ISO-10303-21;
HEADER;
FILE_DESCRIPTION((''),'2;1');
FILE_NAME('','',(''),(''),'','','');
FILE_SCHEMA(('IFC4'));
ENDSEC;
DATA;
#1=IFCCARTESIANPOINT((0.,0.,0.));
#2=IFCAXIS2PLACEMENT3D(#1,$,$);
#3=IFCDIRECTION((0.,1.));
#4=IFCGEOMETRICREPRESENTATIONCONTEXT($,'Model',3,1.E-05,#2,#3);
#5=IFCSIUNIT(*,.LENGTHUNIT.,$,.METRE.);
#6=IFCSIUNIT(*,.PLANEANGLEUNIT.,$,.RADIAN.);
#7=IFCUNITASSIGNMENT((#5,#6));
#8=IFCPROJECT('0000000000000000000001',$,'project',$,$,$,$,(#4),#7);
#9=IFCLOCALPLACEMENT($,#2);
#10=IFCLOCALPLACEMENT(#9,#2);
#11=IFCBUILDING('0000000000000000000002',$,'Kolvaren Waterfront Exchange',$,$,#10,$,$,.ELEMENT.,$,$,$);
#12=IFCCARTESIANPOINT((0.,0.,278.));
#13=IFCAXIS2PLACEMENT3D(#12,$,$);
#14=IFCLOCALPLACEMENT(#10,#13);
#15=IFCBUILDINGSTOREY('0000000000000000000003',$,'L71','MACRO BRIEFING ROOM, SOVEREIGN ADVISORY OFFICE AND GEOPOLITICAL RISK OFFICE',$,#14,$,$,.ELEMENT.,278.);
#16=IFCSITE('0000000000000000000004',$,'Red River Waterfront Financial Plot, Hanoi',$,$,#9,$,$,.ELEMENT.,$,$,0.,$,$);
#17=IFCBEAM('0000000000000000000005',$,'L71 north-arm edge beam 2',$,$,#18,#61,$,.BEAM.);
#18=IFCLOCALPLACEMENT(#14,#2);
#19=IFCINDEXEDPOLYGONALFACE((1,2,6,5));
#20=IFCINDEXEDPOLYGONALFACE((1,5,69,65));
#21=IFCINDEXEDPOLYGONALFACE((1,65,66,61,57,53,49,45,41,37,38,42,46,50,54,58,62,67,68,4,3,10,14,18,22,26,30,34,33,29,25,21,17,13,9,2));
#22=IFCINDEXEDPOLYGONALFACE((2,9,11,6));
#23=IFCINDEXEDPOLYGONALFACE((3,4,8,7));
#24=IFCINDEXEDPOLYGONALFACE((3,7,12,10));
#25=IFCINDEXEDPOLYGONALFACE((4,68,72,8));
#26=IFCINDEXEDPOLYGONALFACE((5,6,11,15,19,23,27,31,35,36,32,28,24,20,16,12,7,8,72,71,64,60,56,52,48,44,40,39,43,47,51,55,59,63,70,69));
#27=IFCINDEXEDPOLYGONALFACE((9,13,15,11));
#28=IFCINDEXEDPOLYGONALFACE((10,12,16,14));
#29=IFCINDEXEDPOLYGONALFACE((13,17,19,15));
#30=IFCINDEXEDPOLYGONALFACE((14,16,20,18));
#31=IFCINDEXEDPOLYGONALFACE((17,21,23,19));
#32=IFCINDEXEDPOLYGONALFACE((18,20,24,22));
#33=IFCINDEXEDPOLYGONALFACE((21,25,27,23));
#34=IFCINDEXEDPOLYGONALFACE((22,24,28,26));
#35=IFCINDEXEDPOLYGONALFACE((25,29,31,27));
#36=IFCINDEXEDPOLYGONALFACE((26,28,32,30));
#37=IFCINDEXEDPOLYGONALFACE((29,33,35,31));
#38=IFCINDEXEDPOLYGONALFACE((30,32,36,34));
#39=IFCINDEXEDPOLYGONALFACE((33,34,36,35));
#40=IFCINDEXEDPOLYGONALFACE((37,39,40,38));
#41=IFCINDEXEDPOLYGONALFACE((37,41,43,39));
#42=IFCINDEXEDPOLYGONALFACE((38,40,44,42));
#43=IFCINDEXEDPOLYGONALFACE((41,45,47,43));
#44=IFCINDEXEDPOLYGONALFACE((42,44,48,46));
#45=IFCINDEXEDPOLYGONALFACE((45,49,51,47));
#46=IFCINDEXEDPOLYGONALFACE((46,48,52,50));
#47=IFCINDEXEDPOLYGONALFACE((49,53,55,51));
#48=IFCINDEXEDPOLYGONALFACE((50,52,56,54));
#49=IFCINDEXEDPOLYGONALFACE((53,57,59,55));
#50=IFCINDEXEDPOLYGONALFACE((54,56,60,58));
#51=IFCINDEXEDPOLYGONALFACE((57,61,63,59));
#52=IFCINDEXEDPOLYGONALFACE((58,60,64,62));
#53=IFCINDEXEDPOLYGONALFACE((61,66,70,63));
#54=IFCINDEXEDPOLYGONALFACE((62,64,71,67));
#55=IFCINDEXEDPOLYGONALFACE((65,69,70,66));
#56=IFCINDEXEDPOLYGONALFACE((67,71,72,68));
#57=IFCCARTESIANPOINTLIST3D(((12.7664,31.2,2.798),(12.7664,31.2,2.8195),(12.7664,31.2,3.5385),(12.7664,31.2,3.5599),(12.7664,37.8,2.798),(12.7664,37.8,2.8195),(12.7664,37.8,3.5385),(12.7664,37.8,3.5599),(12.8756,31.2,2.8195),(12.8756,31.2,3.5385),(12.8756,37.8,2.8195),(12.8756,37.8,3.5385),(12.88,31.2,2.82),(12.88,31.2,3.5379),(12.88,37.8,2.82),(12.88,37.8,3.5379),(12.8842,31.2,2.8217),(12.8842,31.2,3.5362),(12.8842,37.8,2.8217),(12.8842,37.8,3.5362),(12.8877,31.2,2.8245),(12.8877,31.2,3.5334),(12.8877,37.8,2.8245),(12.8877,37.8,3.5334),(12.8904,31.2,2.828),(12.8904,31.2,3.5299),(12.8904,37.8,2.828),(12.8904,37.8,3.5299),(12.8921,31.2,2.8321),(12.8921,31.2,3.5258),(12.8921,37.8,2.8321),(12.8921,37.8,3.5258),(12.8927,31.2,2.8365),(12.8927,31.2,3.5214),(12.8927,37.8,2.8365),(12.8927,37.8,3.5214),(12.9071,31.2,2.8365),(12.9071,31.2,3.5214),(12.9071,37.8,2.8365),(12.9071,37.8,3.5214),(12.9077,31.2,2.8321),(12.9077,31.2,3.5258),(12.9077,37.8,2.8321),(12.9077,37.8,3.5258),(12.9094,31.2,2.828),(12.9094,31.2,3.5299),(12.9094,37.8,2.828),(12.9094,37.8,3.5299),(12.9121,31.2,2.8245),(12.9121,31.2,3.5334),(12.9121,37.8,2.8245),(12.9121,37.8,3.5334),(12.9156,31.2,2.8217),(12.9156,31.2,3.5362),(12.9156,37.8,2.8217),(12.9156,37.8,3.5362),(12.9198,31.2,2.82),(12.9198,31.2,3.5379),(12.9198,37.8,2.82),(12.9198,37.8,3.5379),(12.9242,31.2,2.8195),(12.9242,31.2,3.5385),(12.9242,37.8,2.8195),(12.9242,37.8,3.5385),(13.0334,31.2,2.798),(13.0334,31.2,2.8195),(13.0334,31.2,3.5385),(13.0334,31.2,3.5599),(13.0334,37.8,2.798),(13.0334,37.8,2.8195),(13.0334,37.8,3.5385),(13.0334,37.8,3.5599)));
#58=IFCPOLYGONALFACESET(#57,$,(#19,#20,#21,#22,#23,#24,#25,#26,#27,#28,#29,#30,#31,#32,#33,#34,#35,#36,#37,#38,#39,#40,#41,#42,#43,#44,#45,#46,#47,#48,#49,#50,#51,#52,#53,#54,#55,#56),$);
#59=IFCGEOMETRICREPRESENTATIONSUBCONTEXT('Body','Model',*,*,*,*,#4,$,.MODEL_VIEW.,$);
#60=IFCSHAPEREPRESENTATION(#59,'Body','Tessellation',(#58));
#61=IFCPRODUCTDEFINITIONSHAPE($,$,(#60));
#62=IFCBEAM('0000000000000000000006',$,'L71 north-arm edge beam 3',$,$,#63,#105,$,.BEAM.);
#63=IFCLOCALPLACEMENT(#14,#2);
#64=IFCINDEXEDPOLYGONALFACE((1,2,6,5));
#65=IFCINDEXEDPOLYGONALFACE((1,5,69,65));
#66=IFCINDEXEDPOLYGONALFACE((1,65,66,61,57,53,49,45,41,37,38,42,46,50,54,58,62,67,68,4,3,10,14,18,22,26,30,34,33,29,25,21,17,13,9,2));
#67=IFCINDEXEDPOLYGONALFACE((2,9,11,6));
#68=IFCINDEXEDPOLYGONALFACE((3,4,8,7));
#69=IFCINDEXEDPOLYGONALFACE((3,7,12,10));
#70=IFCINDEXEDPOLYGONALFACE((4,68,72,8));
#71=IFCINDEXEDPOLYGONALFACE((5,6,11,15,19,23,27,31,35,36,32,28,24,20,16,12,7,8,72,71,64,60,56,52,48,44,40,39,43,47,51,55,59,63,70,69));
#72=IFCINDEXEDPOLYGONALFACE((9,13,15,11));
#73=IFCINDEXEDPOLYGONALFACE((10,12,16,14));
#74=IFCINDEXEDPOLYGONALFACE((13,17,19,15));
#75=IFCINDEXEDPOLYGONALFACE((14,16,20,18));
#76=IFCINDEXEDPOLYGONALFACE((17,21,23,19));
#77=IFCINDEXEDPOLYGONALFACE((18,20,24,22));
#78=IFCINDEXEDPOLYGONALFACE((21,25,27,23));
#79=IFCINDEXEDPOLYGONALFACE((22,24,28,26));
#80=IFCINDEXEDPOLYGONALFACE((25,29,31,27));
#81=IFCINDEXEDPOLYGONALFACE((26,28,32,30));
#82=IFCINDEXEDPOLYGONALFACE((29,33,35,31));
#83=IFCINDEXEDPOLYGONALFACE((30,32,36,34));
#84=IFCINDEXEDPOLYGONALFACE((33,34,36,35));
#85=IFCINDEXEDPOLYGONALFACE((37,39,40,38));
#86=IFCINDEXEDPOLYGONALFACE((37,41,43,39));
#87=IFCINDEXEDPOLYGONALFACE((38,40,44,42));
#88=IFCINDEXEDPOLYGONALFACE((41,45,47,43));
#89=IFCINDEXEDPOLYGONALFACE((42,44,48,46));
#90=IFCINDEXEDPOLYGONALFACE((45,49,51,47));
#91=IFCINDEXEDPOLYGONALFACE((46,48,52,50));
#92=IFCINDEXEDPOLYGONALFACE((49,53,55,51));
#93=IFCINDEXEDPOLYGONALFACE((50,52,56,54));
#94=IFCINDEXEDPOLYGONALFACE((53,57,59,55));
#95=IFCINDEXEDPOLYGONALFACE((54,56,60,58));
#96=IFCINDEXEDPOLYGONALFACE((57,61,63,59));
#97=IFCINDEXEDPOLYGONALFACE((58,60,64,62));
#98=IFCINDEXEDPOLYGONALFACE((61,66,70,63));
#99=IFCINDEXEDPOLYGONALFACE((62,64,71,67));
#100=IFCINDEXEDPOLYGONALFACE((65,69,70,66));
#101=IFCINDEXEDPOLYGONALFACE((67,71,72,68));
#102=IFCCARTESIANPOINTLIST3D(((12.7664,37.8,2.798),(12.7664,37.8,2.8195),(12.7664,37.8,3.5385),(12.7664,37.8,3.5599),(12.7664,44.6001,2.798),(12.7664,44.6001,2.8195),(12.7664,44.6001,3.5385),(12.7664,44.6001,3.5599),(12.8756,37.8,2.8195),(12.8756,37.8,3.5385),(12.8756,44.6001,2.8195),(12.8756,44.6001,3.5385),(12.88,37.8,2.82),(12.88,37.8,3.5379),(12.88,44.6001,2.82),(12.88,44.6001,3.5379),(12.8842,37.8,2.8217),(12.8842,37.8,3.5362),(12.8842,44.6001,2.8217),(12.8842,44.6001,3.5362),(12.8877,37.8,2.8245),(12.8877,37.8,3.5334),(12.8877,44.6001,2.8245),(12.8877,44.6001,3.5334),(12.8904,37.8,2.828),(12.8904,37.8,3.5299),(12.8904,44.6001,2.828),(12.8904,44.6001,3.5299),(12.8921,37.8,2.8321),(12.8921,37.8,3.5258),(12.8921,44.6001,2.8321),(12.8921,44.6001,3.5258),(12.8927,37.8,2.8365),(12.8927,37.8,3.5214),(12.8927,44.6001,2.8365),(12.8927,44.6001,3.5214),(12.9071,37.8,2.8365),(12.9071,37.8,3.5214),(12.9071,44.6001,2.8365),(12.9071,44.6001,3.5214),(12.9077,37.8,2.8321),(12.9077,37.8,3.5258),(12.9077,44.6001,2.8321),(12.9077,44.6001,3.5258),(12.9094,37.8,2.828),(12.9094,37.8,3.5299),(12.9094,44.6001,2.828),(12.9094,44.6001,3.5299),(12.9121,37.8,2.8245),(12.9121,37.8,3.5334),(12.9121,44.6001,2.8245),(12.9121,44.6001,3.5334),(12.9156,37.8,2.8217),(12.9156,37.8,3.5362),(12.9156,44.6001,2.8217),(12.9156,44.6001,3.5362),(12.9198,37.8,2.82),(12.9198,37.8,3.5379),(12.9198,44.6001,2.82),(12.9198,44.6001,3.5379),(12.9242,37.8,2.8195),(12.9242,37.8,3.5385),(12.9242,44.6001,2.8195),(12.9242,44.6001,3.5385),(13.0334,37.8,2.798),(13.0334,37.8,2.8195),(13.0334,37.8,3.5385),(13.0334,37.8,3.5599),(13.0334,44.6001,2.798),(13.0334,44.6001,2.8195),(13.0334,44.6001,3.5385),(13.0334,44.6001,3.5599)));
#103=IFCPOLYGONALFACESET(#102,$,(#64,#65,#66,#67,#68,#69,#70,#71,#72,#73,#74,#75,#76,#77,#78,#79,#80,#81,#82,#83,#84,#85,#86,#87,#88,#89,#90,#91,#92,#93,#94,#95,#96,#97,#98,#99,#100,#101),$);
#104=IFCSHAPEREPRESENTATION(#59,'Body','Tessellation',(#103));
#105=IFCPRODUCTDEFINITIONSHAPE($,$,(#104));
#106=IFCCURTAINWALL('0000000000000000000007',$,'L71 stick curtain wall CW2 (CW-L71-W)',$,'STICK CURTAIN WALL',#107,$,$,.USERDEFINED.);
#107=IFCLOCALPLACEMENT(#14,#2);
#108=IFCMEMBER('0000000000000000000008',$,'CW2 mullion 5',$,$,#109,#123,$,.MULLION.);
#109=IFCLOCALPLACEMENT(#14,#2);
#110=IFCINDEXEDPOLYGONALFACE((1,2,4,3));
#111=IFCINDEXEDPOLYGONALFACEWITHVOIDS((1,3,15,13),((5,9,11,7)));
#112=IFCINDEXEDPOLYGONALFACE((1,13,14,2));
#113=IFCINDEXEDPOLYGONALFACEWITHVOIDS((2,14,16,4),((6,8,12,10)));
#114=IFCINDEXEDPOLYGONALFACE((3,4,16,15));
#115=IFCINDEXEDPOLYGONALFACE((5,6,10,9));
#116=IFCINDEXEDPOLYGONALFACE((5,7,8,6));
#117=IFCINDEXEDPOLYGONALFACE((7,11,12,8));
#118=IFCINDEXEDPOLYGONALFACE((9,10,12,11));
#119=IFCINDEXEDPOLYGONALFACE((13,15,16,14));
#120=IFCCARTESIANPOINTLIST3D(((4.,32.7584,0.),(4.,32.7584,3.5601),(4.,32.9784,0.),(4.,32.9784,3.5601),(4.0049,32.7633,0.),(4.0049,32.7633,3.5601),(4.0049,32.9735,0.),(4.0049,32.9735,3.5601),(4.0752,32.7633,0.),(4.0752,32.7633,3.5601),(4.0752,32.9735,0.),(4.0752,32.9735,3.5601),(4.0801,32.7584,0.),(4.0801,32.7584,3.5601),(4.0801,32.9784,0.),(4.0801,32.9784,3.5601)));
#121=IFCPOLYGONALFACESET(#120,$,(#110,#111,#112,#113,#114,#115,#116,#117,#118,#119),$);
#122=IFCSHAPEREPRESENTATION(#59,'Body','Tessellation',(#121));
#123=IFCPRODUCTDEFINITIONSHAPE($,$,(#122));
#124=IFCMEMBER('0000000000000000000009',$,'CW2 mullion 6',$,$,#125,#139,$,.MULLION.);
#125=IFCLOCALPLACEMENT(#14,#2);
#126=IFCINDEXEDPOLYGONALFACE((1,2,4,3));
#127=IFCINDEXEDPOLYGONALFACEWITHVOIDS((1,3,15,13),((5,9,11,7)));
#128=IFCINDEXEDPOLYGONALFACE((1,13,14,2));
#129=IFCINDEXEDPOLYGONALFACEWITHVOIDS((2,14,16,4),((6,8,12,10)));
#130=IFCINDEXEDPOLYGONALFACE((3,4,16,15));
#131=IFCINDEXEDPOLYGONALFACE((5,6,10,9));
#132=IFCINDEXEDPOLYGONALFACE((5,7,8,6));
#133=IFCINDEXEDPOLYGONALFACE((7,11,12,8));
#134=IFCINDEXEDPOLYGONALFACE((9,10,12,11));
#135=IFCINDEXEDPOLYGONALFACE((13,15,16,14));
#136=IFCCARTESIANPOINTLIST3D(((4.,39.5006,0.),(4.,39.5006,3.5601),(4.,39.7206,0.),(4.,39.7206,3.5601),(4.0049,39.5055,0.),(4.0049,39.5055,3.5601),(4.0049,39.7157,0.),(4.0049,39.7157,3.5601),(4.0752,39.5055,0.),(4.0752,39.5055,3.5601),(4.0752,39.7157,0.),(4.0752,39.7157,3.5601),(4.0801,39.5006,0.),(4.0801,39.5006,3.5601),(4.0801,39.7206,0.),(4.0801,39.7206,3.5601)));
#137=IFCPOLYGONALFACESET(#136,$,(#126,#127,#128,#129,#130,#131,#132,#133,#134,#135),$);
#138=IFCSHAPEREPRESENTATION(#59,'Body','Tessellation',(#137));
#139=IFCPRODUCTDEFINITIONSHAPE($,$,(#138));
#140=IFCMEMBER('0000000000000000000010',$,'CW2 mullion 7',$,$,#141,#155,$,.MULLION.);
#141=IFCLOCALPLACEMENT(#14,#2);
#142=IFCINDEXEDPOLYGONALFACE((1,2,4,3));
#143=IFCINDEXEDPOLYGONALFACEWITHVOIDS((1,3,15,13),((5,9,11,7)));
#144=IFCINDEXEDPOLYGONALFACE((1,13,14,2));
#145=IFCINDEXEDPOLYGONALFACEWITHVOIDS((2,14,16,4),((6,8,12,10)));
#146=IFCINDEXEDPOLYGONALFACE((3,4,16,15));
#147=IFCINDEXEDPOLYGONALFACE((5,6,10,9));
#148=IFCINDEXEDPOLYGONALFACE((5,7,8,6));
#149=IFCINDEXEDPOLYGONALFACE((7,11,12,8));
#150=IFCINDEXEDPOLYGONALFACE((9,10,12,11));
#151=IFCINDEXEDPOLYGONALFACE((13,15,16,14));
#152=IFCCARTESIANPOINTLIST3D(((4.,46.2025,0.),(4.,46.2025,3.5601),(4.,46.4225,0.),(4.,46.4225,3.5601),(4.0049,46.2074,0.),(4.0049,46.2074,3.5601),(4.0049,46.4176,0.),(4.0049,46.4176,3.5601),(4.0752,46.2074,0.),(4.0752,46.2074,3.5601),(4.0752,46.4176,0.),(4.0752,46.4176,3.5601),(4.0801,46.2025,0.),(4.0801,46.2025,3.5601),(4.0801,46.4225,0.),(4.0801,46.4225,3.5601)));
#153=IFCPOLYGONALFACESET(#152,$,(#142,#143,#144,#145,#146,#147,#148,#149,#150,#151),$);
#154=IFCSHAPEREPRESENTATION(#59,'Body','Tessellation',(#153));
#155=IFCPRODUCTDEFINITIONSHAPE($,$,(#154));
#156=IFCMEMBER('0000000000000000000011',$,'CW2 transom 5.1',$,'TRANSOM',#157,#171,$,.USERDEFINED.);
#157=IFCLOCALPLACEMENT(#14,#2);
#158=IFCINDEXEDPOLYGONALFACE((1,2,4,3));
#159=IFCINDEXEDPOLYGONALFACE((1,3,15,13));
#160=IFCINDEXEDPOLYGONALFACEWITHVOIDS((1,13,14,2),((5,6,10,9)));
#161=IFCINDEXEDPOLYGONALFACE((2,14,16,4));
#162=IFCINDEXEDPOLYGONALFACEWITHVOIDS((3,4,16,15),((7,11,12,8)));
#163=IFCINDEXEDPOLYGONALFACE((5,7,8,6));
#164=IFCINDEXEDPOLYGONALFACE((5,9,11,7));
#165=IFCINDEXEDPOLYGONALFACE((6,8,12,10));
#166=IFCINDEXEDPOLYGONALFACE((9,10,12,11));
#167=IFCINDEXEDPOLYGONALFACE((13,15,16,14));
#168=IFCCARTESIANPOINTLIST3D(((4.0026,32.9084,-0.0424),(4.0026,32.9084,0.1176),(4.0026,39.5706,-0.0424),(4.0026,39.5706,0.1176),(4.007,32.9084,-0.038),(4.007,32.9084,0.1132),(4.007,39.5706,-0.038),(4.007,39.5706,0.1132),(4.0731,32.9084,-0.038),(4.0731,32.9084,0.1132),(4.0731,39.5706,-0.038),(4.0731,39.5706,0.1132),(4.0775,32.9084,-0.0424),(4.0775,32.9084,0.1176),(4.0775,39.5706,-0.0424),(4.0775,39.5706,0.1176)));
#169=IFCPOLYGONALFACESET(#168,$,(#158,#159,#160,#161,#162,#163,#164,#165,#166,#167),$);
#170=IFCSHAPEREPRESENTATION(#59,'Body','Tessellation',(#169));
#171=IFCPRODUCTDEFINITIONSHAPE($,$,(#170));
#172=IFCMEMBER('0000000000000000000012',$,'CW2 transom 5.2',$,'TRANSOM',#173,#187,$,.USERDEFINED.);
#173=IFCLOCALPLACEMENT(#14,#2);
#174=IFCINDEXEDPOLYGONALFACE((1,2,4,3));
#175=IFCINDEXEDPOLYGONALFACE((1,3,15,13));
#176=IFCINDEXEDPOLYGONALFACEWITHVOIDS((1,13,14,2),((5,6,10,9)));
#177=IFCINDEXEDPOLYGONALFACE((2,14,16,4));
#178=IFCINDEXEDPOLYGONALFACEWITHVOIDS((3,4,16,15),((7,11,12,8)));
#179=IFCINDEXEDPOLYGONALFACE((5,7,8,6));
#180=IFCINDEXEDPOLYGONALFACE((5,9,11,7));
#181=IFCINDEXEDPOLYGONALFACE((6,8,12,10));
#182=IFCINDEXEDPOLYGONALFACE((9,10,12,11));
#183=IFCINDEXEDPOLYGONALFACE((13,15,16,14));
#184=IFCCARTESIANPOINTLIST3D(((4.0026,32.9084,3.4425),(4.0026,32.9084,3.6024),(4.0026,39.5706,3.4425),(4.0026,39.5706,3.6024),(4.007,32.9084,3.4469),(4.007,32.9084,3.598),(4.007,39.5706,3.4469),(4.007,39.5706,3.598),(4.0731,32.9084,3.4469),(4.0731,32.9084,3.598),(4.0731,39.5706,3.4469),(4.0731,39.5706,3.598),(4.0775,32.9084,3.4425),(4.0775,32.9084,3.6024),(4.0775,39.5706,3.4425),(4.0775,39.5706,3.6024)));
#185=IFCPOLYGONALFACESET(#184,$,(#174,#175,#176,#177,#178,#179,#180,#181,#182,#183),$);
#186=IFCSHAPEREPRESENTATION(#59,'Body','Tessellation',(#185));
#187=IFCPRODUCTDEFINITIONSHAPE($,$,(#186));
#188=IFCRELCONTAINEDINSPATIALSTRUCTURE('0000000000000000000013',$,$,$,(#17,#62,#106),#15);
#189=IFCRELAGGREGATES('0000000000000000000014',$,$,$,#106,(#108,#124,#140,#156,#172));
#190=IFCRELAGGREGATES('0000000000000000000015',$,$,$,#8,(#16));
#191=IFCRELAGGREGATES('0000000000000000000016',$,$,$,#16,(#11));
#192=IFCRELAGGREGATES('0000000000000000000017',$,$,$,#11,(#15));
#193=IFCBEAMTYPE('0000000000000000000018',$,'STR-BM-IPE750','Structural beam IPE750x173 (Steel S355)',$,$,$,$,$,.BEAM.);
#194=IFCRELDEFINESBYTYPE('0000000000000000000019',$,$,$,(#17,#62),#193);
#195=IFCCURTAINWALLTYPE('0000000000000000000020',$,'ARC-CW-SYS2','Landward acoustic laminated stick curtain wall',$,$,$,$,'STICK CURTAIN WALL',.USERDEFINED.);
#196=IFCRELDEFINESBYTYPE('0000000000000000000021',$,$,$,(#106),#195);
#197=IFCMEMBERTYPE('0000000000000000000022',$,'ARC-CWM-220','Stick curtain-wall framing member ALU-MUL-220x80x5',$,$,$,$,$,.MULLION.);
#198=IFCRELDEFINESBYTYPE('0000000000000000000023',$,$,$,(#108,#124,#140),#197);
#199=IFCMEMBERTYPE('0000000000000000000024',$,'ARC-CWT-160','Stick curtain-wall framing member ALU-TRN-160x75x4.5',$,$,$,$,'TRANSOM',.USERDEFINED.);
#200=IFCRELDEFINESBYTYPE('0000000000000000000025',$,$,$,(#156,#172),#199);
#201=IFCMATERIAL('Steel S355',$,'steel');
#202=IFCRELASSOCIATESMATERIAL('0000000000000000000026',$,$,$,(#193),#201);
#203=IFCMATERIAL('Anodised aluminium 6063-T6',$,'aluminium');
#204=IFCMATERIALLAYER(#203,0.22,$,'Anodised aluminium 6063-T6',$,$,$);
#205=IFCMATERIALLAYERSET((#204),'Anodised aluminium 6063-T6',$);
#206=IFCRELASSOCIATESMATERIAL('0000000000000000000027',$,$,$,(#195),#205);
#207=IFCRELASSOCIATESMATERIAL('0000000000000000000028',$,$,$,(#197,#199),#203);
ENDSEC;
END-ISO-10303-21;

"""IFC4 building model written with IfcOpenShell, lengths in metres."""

from ifc_helpers import new_model, si_unit, direction, frame, origin, origin_with_axes, origin_2d, place, context, subcontext, project, spatial, hollow_rectangle, i_section, extrude, source, transform, mapped, material, layer, layer_set, material_profile, profile_set, type_object, element, aggregate, save


model = new_model("IFC4")

# Units and contexts
model_context = context("Model", 3, precision=1e-05, world=origin(), true_north=direction((0.0, 1.0)))
body_context = subcontext(model_context, "Body", "Model", "MODEL_VIEW")
ifc_project = project(units=[si_unit("LENGTHUNIT", "METRE"), si_unit("PLANEANGLEUNIT", "RADIAN")], contexts=[model_context])

# Site, building, storey
site_placement = place(None, origin())
site = spatial("IfcSite", under=ifc_project, at=site_placement, Name="Red River Waterfront Financial Plot, Hanoi", CompositionType="ELEMENT", RefElevation=0.0)
building_placement = place(site_placement, origin())
building = spatial("IfcBuilding", under=site, at=building_placement, Name="Kolvaren Waterfront Exchange", CompositionType="ELEMENT")
storey_placement = place(building_placement, frame((0.0, 0.0, 278.0)))
storey = spatial("IfcBuildingStorey", under=building, at=storey_placement, Name="L71", Description="MACRO BRIEFING ROOM, SOVEREIGN ADVISORY OFFICE AND GEOPOLITICAL RISK OFFICE", CompositionType="ELEMENT", Elevation=278.0)

# Beams
ifc_material_1 = material(Name="Steel S355", Category="steel")
ifc_material_profile_1 = material_profile(ifc_material_1, i_section(OverallWidth=0.2671, OverallDepth=0.762, WebThickness=0.0144, FlangeThickness=0.0215, FilletRadius=0.0171, at=origin_2d()), Name="IPE750x173")
ifc_profile_set_1 = profile_set([ifc_material_profile_1], Name="Steel S355")
beam_type_1 = type_object("IfcBeamType", Name="STR-BM-IPE750", Description="Structural beam IPE750x173 (Steel S355)", PredefinedType="BEAM", material=ifc_profile_set_1)
beam_1_placement = place(storey_placement, frame((12.8999, 31.2, 3.179), z_axis=(0.0, 1.0, 0.0), x_axis=(-1.0, 0.0, 0.0)))
element("IfcBeam", 1, at=beam_1_placement, inside=storey, type_object=beam_type_1, Name="L71 north-arm edge beam 2", PredefinedType="BEAM", context=body_context, shape_type="SweptSolid", body=[
    extrude(i_section(OverallWidth=0.2671, OverallDepth=0.762, WebThickness=0.0144, FlangeThickness=0.0215, FilletRadius=0.0171, at=origin_2d()), origin(), (0.0, 0.0, 1.0), 6.6001),
])
beam_2_placement = place(storey_placement, frame((12.8999, 37.8, 3.179), z_axis=(0.0, 1.0, 0.0), x_axis=(-1.0, 0.0, 0.0)))
element("IfcBeam", 2, at=beam_2_placement, inside=storey, type_object=beam_type_1, Name="L71 north-arm edge beam 3", PredefinedType="BEAM", context=body_context, shape_type="SweptSolid", body=[
    extrude(i_section(OverallWidth=0.2671, OverallDepth=0.762, WebThickness=0.0144, FlangeThickness=0.0215, FilletRadius=0.0171, at=origin_2d()), origin(), (0.0, 0.0, 1.0), 6.8),
])

# Curtain wall, members
ifc_material_2 = material(Name="Anodised aluminium 6063-T6", Category="aluminium")
ifc_layer_1 = layer(ifc_material_2, 0.22, Name="Anodised aluminium 6063-T6")
ifc_layer_set_1 = layer_set([ifc_layer_1], Name="Anodised aluminium 6063-T6")
curtain_wall_type = type_object("IfcCurtainWallType", Name="ARC-CW-SYS2", Description="Landward acoustic laminated stick curtain wall", ElementType="STICK CURTAIN WALL", PredefinedType="USERDEFINED", material=ifc_layer_set_1)
curtain_wall_placement = place(storey_placement, origin())
curtain_wall = element("IfcCurtainWall", 3, at=curtain_wall_placement, inside=storey, type_object=curtain_wall_type, Name="L71 stick curtain wall CW2 (CW-L71-W)", ObjectType="STICK CURTAIN WALL", PredefinedType="USERDEFINED")
ifc_material_profile_2 = material_profile(ifc_material_2, hollow_rectangle(XDim=0.0801, YDim=0.22, WallThickness=0.0049, at=origin_2d()), Name="ALU-MUL-220x80x5")
ifc_profile_set_2 = profile_set([ifc_material_profile_2], Name="Anodised aluminium 6063-T6")
member_type_1 = type_object("IfcMemberType", Name="ARC-CWM-220", Description="Stick curtain-wall framing member ALU-MUL-220x80x5", PredefinedType="MULLION", material=ifc_profile_set_2)
shared_shape_1 = source(origin_with_axes(), body_context, "Body", "SweptSolid", [
    extrude(hollow_rectangle(XDim=0.0801, YDim=0.22, WallThickness=0.0049, at=origin_2d()), origin(), (0.0, 0.0, 1.0), 3.5601),
])
member_1_placement = place(storey_placement, frame((4.04, 32.8684, 0.0), z_axis=(0.0, 0.0, 1.0), x_axis=(-1.0, 0.0, 0.0)))
member_1 = element("IfcMember", 4, at=member_1_placement, type_object=member_type_1, Name="CW2 mullion 5", PredefinedType="MULLION", context=body_context, shape_type="MappedRepresentation", body=[
    mapped(shared_shape_1, transform((0.0, 0.0, 0.0), x_axis=(1.0, 0.0, 0.0), y_axis=(0.0, 1.0, 0.0), z_axis=(0.0, 0.0, 1.0), scale=1.0)),
])
member_2_placement = place(storey_placement, frame((4.04, 39.6106, 0.0), z_axis=(0.0, 0.0, 1.0), x_axis=(-1.0, 0.0, 0.0)))
member_2 = element("IfcMember", 5, at=member_2_placement, type_object=member_type_1, Name="CW2 mullion 6", PredefinedType="MULLION", context=body_context, shape_type="MappedRepresentation", body=[
    mapped(shared_shape_1, transform((0.0, 0.0, 0.0), x_axis=(1.0, 0.0, 0.0), y_axis=(0.0, 1.0, 0.0), z_axis=(0.0, 0.0, 1.0), scale=1.0)),
])
member_3_placement = place(storey_placement, frame((4.04, 46.3125, 0.0), z_axis=(0.0, 0.0, 1.0), x_axis=(-1.0, 0.0, 0.0)))
member_3 = element("IfcMember", 6, at=member_3_placement, type_object=member_type_1, Name="CW2 mullion 7", PredefinedType="MULLION", context=body_context, shape_type="MappedRepresentation", body=[
    mapped(shared_shape_1, transform((0.0, 0.0, 0.0), x_axis=(1.0, 0.0, 0.0), y_axis=(0.0, 1.0, 0.0), z_axis=(0.0, 0.0, 1.0), scale=1.0)),
])
ifc_material_profile_3 = material_profile(ifc_material_2, hollow_rectangle(XDim=0.075, YDim=0.1599, WallThickness=0.0044, at=origin_2d()), Name="ALU-TRN-160x75x4.5")
ifc_profile_set_3 = profile_set([ifc_material_profile_3], Name="Anodised aluminium 6063-T6")
member_type_2 = type_object("IfcMemberType", Name="ARC-CWT-160", Description="Stick curtain-wall framing member ALU-TRN-160x75x4.5", ElementType="TRANSOM", PredefinedType="USERDEFINED", material=ifc_profile_set_3)
shared_shape_2 = source(origin_with_axes(), body_context, "Body", "SweptSolid", [
    extrude(hollow_rectangle(XDim=0.075, YDim=0.1599, WallThickness=0.0044, at=origin_2d()), origin(), (0.0, 0.0, 1.0), 6.6621),
])
member_4_placement = place(storey_placement, frame((4.04, 32.9084, 0.0376), z_axis=(0.0, 1.0, 0.0), x_axis=(-1.0, 0.0, 0.0)))
member_4 = element("IfcMember", 7, at=member_4_placement, type_object=member_type_2, Name="CW2 transom 5.1", ObjectType="TRANSOM", PredefinedType="USERDEFINED", context=body_context, shape_type="MappedRepresentation", body=[
    mapped(shared_shape_2, transform((0.0, 0.0, 0.0), x_axis=(1.0, 0.0, 0.0), y_axis=(0.0, 1.0, 0.0), z_axis=(0.0, 0.0, 1.0), scale=1.0)),
])
member_5_placement = place(storey_placement, frame((4.04, 32.9084, 3.5225), z_axis=(0.0, 1.0, 0.0), x_axis=(-1.0, 0.0, 0.0)))
member_5 = element("IfcMember", 8, at=member_5_placement, type_object=member_type_2, Name="CW2 transom 5.2", ObjectType="TRANSOM", PredefinedType="USERDEFINED", context=body_context, shape_type="MappedRepresentation", body=[
    mapped(shared_shape_2, transform((0.0, 0.0, 0.0), x_axis=(1.0, 0.0, 0.0), y_axis=(0.0, 1.0, 0.0), z_axis=(0.0, 0.0, 1.0), scale=1.0)),
])
aggregate(curtain_wall, [member_1, member_2, member_3, member_4, member_5])

save(model, "model.ifc")
